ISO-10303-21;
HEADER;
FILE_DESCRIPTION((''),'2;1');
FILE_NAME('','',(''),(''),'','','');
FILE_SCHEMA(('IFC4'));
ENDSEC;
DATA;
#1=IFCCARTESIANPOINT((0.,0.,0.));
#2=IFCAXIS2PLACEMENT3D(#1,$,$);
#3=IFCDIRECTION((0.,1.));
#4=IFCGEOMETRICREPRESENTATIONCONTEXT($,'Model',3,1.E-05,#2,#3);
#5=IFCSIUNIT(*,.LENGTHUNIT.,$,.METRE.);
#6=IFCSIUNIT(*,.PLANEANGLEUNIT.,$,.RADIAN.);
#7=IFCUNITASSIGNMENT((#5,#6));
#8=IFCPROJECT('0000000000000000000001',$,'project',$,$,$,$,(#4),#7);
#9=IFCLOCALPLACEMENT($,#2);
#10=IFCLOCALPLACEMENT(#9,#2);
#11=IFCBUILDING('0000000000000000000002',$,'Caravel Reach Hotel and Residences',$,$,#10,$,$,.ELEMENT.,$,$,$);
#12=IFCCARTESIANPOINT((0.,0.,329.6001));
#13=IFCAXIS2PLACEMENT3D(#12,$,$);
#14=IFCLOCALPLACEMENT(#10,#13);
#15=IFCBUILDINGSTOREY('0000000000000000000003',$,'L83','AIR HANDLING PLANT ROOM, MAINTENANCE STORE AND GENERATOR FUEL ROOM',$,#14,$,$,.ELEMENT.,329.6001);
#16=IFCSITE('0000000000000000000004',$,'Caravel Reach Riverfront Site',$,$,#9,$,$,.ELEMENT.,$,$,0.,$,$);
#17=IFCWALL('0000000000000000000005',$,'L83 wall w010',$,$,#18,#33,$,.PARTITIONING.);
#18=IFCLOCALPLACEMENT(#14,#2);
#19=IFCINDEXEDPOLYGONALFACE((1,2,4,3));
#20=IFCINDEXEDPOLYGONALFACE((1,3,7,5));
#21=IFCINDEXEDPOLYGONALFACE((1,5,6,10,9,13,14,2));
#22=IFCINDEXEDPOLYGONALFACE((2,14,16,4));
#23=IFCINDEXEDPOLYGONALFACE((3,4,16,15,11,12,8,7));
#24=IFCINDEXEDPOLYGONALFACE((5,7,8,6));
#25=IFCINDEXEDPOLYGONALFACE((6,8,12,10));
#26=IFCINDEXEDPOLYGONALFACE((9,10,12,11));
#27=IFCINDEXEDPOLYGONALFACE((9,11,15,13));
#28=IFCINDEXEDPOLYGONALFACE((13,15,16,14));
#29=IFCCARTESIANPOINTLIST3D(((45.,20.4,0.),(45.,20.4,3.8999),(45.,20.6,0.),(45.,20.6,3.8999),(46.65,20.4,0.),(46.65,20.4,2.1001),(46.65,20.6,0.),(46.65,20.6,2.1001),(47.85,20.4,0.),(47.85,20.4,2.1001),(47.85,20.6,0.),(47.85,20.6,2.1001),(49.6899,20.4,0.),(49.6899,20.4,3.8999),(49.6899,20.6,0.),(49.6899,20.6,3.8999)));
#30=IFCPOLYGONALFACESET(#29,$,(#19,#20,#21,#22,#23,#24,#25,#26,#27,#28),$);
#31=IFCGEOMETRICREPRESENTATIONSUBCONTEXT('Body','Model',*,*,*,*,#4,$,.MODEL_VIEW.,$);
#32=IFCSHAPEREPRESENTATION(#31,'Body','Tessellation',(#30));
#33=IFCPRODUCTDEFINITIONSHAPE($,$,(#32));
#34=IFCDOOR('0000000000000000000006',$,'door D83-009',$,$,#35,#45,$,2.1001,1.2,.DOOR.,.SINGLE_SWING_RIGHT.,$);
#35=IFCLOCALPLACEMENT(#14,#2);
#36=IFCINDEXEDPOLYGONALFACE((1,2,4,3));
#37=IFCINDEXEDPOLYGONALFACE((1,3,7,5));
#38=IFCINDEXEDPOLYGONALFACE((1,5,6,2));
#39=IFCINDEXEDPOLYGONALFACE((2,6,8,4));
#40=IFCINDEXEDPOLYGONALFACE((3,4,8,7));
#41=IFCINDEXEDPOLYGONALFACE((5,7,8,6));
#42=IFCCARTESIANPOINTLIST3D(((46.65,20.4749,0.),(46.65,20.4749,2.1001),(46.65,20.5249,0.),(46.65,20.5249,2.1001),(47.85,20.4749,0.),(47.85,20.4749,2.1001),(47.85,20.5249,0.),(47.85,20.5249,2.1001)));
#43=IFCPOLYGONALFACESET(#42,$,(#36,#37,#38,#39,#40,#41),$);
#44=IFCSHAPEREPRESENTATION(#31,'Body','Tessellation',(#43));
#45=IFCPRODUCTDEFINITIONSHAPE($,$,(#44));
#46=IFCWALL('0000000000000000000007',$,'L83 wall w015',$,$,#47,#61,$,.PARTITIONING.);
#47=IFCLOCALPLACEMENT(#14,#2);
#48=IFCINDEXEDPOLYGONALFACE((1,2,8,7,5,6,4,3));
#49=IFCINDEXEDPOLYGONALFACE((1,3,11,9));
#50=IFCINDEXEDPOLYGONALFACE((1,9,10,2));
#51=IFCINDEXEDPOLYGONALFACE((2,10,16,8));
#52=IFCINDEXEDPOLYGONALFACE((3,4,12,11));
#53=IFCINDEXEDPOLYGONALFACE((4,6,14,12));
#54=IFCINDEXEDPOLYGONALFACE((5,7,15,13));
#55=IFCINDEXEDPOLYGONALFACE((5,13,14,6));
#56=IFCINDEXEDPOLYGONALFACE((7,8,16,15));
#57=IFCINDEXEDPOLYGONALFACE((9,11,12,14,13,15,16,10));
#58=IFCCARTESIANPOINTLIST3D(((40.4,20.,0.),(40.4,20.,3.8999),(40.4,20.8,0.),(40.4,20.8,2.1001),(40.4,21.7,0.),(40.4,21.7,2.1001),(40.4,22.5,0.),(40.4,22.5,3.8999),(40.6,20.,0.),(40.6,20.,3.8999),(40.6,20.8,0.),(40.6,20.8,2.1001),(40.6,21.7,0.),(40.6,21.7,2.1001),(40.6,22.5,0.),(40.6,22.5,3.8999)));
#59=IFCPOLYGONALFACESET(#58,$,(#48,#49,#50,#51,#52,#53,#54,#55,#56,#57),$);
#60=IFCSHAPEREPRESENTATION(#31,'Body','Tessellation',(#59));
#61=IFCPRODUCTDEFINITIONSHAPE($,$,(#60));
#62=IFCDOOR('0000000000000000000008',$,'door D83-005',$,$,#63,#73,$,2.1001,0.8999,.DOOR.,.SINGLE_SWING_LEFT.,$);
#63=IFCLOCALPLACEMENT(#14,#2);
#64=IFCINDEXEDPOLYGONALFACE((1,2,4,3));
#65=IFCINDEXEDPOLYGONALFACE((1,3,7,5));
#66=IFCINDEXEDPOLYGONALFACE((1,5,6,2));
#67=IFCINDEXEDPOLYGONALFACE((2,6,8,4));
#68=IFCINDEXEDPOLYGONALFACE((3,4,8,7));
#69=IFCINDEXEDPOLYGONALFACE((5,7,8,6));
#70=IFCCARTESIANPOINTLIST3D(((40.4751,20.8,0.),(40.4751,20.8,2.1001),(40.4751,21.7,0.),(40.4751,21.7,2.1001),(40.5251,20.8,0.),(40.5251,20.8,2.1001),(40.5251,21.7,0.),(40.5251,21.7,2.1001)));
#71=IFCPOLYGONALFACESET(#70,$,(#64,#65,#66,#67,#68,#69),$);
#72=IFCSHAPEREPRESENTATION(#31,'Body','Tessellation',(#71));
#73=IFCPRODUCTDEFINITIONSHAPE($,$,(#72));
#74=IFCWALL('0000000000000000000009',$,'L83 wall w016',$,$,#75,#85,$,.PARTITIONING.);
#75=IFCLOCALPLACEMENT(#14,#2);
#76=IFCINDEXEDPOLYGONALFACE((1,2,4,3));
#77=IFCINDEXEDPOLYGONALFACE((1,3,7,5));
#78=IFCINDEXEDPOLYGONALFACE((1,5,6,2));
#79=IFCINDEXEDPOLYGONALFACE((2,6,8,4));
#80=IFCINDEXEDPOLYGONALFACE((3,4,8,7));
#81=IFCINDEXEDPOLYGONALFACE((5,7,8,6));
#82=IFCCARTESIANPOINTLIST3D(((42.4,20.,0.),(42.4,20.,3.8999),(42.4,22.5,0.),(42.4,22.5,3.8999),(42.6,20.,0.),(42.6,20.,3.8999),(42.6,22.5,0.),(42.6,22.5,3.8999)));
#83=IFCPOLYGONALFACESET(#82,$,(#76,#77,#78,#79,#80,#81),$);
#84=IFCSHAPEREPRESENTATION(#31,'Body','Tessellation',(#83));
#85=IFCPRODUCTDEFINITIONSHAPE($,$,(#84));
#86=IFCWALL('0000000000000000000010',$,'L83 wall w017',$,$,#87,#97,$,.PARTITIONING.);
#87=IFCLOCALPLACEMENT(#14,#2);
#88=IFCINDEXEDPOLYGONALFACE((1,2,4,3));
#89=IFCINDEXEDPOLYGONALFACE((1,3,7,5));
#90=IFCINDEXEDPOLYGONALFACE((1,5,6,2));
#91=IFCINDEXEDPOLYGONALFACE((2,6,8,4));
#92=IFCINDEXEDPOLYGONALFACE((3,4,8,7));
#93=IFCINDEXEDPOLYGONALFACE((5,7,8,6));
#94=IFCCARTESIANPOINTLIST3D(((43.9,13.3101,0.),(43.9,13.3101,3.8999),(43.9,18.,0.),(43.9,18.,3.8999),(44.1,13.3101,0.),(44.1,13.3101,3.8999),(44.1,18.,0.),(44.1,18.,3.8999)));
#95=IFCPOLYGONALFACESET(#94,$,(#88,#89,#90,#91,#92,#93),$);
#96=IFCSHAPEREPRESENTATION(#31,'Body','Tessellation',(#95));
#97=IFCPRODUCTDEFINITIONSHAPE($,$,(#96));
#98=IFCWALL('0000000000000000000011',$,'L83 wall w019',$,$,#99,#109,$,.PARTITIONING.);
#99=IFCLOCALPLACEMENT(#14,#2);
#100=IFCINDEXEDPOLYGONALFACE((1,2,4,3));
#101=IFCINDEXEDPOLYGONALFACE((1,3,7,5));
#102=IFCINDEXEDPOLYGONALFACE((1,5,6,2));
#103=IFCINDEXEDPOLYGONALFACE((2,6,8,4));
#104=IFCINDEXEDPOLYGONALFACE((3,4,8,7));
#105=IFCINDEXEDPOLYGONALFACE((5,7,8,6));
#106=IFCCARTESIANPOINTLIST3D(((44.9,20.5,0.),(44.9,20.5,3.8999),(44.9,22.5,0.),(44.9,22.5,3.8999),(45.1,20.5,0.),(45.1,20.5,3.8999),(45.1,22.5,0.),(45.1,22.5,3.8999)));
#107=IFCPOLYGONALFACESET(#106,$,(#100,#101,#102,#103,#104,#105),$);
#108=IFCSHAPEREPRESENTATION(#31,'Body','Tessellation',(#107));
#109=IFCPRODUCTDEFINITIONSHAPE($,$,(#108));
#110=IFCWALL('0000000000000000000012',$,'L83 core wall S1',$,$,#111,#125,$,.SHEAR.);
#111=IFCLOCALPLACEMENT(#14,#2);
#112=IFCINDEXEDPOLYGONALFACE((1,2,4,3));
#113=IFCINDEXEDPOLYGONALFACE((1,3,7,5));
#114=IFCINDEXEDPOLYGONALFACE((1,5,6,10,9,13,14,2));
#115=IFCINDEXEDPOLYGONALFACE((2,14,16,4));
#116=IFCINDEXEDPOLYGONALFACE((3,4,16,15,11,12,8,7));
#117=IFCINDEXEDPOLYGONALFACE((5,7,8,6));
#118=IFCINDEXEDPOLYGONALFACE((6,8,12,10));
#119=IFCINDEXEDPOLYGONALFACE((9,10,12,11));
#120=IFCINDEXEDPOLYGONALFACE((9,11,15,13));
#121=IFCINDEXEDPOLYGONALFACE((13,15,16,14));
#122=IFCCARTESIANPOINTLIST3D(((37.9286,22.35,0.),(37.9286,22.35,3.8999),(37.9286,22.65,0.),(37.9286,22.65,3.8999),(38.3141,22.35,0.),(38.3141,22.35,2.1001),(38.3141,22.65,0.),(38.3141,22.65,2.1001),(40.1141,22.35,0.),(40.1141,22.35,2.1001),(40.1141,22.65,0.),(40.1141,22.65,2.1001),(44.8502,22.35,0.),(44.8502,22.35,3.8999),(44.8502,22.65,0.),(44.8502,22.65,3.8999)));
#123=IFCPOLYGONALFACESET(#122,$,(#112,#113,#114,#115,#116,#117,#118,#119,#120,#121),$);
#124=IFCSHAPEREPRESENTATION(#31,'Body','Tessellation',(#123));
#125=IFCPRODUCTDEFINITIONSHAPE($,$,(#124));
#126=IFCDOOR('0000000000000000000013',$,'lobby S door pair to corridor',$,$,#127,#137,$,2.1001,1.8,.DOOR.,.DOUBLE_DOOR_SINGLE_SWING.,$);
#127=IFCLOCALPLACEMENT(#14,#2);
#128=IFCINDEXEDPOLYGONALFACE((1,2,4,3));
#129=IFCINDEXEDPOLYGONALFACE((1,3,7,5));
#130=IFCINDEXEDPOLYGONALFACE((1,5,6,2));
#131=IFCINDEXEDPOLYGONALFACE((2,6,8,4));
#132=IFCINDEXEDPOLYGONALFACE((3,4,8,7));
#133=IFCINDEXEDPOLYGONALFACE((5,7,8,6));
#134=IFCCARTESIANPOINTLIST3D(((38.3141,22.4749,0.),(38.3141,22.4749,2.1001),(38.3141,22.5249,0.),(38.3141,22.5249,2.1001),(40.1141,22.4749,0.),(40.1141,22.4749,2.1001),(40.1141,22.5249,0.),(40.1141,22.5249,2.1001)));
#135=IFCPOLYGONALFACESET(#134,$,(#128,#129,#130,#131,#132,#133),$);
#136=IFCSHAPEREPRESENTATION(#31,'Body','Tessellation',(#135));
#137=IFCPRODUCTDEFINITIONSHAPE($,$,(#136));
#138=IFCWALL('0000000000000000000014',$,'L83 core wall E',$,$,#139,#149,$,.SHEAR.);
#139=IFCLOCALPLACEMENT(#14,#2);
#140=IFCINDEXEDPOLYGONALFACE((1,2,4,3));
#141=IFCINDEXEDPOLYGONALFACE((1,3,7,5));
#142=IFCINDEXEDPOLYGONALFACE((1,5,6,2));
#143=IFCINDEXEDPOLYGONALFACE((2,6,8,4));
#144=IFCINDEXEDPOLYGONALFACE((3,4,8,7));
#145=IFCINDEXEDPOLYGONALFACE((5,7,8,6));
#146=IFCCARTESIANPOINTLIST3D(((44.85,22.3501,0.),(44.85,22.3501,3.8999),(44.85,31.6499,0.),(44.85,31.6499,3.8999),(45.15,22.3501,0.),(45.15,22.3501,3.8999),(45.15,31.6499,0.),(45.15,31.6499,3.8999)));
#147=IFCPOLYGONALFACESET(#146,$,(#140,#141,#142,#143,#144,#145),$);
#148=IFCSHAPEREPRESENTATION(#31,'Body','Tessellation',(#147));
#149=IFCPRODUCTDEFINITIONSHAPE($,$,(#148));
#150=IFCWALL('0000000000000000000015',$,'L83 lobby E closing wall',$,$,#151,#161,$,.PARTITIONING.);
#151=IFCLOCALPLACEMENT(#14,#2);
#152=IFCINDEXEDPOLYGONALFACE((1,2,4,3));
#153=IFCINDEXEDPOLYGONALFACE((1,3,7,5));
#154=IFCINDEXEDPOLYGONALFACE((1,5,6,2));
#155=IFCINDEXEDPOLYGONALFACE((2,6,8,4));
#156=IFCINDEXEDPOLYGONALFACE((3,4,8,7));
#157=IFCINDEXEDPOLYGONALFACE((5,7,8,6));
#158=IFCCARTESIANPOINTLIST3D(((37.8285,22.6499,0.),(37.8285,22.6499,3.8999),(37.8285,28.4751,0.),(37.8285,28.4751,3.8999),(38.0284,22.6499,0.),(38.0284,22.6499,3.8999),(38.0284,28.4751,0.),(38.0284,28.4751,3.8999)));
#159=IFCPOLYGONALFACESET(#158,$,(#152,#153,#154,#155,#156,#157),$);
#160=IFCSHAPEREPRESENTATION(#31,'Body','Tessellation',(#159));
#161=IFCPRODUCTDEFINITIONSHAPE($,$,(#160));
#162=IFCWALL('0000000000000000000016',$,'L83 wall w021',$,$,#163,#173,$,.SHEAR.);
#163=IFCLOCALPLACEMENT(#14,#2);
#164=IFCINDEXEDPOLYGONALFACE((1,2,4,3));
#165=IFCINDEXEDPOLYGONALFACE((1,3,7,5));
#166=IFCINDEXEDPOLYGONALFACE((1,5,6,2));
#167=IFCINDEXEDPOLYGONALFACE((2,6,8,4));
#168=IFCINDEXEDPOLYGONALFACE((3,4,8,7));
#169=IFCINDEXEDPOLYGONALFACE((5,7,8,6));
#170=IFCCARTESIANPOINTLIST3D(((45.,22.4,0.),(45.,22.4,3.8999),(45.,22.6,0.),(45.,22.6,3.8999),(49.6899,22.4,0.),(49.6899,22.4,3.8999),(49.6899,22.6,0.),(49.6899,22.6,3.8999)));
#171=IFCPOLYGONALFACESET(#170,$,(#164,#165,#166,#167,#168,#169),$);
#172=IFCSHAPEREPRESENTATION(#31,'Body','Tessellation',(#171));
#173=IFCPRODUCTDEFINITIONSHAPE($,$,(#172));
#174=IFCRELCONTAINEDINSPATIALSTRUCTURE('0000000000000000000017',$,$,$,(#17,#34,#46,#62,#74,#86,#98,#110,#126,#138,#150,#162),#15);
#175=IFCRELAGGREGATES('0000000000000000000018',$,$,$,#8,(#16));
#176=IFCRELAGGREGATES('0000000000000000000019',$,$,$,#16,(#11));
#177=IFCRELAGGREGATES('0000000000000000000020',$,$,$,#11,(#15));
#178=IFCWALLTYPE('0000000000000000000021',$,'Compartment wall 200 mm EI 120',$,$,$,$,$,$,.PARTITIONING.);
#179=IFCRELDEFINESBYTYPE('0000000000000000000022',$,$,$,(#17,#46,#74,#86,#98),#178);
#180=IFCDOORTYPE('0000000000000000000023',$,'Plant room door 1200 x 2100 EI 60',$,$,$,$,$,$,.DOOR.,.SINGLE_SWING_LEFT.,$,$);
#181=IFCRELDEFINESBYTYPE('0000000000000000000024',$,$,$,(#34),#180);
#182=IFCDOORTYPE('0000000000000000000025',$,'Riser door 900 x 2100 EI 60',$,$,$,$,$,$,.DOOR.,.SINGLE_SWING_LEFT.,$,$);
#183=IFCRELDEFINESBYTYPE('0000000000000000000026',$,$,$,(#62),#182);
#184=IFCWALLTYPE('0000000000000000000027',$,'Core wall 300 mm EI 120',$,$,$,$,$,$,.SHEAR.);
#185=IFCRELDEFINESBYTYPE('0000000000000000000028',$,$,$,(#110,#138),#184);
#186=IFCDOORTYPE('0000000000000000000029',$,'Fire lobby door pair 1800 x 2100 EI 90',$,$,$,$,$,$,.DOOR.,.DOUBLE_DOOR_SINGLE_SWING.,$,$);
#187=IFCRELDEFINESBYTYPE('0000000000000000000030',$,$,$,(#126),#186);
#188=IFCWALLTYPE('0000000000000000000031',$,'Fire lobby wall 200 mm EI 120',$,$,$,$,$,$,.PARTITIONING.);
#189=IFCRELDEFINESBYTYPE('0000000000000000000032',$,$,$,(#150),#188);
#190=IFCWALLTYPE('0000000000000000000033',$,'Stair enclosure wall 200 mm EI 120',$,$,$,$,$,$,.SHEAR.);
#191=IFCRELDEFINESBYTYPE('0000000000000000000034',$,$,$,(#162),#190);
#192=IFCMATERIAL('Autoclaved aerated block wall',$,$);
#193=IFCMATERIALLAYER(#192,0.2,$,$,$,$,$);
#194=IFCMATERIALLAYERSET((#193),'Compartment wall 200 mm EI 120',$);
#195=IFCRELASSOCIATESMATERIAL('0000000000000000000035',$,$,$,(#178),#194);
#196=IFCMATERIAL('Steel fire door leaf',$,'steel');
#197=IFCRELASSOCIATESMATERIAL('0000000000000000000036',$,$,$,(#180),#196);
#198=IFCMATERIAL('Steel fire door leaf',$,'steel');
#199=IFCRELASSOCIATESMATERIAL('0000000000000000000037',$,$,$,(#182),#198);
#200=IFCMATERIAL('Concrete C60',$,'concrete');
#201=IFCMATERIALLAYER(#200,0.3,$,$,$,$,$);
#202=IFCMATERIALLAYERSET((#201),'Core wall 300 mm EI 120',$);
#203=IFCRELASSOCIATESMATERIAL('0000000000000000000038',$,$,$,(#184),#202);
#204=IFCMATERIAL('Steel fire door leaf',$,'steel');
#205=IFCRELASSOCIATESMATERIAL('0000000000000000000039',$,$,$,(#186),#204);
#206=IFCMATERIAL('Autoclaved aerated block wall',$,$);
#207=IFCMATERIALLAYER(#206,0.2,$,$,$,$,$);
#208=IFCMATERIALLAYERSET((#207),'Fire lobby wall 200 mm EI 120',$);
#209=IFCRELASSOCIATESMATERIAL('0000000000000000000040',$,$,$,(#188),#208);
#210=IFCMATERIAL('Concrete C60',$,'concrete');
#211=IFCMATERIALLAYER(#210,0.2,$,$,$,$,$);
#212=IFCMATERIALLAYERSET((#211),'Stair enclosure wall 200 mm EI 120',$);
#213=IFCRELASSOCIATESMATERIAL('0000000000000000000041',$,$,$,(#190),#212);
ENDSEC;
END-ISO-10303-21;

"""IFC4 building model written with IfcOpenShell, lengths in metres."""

from ifc_helpers import new_model, si_unit, direction, frame, frame_2d, origin, place, context, subcontext, project, spatial, rectangle, extrude, material, layer, layer_set, type_object, element, fill, save


model = new_model("IFC4")

# Units and contexts
model_context = context("Model", 3, precision=1e-05, world=origin(), true_north=direction((0.0, 1.0)))
body_context = subcontext(model_context, "Body", "Model", "MODEL_VIEW")
ifc_project = project(units=[si_unit("LENGTHUNIT", "METRE"), si_unit("PLANEANGLEUNIT", "RADIAN")], contexts=[model_context])

# Site, building, storey
site_placement = place(None, origin())
site = spatial("IfcSite", under=ifc_project, at=site_placement, Name="Caravel Reach Riverfront Site", CompositionType="ELEMENT", RefElevation=0.0)
building_placement = place(site_placement, origin())
building = spatial("IfcBuilding", under=site, at=building_placement, Name="Caravel Reach Hotel and Residences", CompositionType="ELEMENT")
storey_placement = place(building_placement, frame((0.0, 0.0, 329.6001)))
storey = spatial("IfcBuildingStorey", under=building, at=storey_placement, Name="L83", Description="AIR HANDLING PLANT ROOM, MAINTENANCE STORE AND GENERATOR FUEL ROOM", CompositionType="ELEMENT", Elevation=329.6001)

# Shared definitions
ifc_material_1 = material(Name="Autoclaved aerated block wall")
ifc_layer_1 = layer(ifc_material_1, 0.2)
ifc_layer_set_1 = layer_set([ifc_layer_1], Name="Compartment wall 200 mm EI 120")
wall_type_1 = type_object("IfcWallType", Name="Compartment wall 200 mm EI 120", PredefinedType="PARTITIONING", material=ifc_layer_set_1)
ifc_material_2 = material(Name="Steel fire door leaf", Category="steel")
door_type_1 = type_object("IfcDoorType", Name="Plant room door 1200 x 2100 EI 60", OperationType="SINGLE_SWING_LEFT", PredefinedType="DOOR", material=ifc_material_2)

# Walls, openings, doors
wall_1_placement = place(storey_placement, frame((45.0, 20.5, 0.0), z_axis=(0.0, 0.0, 1.0), x_axis=(1.0, 0.0, 0.0)))
wall_1 = element("IfcWall", 1, at=wall_1_placement, inside=storey, type_object=wall_type_1, Name="L83 wall w010", PredefinedType="PARTITIONING", context=body_context, shape_type="SweptSolid", body=[
    extrude(rectangle(XDim=4.6899, YDim=0.2, at=frame_2d((2.345, 0.0))), origin(), (0.0, 0.0, 1.0), 3.8999),
])
opening_1_placement = place(wall_1_placement, frame((1.6499, 0.0, 0.0)))
opening_1 = element("IfcOpeningElement", 2, at=opening_1_placement, cuts=wall_1, PredefinedType="OPENING", context=body_context, shape_type="SweptSolid", body=[
    extrude(rectangle(XDim=1.2, YDim=2.1001, at=frame_2d((0.6001, 1.05))), frame((0.0, 0.1099, 0.0), z_axis=(0.0, -1.0, 0.0), x_axis=(1.0, 0.0, 0.0)), (0.0, 0.0, 1.0), 0.22),
])
door_1_placement = place(opening_1_placement, origin())
door_1 = element("IfcDoor", 3, at=door_1_placement, inside=storey, type_object=door_type_1, Name="door D83-009", OperationType="SINGLE_SWING_RIGHT", OverallHeight=2.1001, OverallWidth=1.2, PredefinedType="DOOR", context=body_context, shape_type="SweptSolid", body=[
    extrude(rectangle(XDim=1.2, YDim=2.1001, at=frame_2d((0.6001, 1.05))), frame((0.0, 0.0249, 0.0), z_axis=(0.0, -1.0, 0.0), x_axis=(1.0, 0.0, 0.0)), (0.0, 0.0, 1.0), 0.05),
])
fill(opening_1, door_1)
wall_2_placement = place(storey_placement, frame((40.5, 20.0, 0.0), z_axis=(0.0, 0.0, 1.0), x_axis=(0.0, 1.0, 0.0)))
wall_2 = element("IfcWall", 4, at=wall_2_placement, inside=storey, type_object=wall_type_1, Name="L83 wall w015", PredefinedType="PARTITIONING", context=body_context, shape_type="SweptSolid", body=[
    extrude(rectangle(XDim=2.5, YDim=0.2, at=frame_2d((1.25, 0.0))), origin(), (0.0, 0.0, 1.0), 3.8999),
])
opening_2_placement = place(wall_2_placement, frame((0.8, 0.0, 0.0)))
opening_2 = element("IfcOpeningElement", 5, at=opening_2_placement, cuts=wall_2, PredefinedType="OPENING", context=body_context, shape_type="SweptSolid", body=[
    extrude(rectangle(XDim=0.8999, YDim=2.1001, at=frame_2d((0.45, 1.05))), frame((0.0, 0.1099, 0.0), z_axis=(0.0, -1.0, 0.0), x_axis=(1.0, 0.0, 0.0)), (0.0, 0.0, 1.0), 0.22),
])
ifc_material_3 = material(Name="Steel fire door leaf", Category="steel")
door_type_2 = type_object("IfcDoorType", Name="Riser door 900 x 2100 EI 60", OperationType="SINGLE_SWING_LEFT", PredefinedType="DOOR", material=ifc_material_3)
door_2_placement = place(opening_2_placement, origin())
door_2 = element("IfcDoor", 6, at=door_2_placement, inside=storey, type_object=door_type_2, Name="door D83-005", OperationType="SINGLE_SWING_LEFT", OverallHeight=2.1001, OverallWidth=0.8999, PredefinedType="DOOR", context=body_context, shape_type="SweptSolid", body=[
    extrude(rectangle(XDim=0.8999, YDim=2.1001, at=frame_2d((0.45, 1.05))), frame((0.0, 0.0249, 0.0), z_axis=(0.0, -1.0, 0.0), x_axis=(1.0, 0.0, 0.0)), (0.0, 0.0, 1.0), 0.05),
])
fill(opening_2, door_2)

# Walls
wall_3_placement = place(storey_placement, frame((42.5, 20.0, 0.0), z_axis=(0.0, 0.0, 1.0), x_axis=(0.0, 1.0, 0.0)))
element("IfcWall", 7, at=wall_3_placement, inside=storey, type_object=wall_type_1, Name="L83 wall w016", PredefinedType="PARTITIONING", context=body_context, shape_type="SweptSolid", body=[
    extrude(rectangle(XDim=2.5, YDim=0.2, at=frame_2d((1.25, 0.0))), origin(), (0.0, 0.0, 1.0), 3.8999),
])
wall_4_placement = place(storey_placement, frame((44.0, 13.3101, 0.0), z_axis=(0.0, 0.0, 1.0), x_axis=(0.0, 1.0, 0.0)))
element("IfcWall", 8, at=wall_4_placement, inside=storey, type_object=wall_type_1, Name="L83 wall w017", PredefinedType="PARTITIONING", context=body_context, shape_type="SweptSolid", body=[
    extrude(rectangle(XDim=4.6899, YDim=0.2, at=frame_2d((2.345, 0.0))), origin(), (0.0, 0.0, 1.0), 3.8999),
])
wall_5_placement = place(storey_placement, frame((45.0, 20.5, 0.0), z_axis=(0.0, 0.0, 1.0), x_axis=(0.0, 1.0, 0.0)))
element("IfcWall", 9, at=wall_5_placement, inside=storey, type_object=wall_type_1, Name="L83 wall w019", PredefinedType="PARTITIONING", context=body_context, shape_type="SweptSolid", body=[
    extrude(rectangle(XDim=2.0, YDim=0.2, at=frame_2d((1.0, 0.0))), origin(), (0.0, 0.0, 1.0), 3.8999),
])

# Wall, opening, door
ifc_material_4 = material(Name="Concrete C60", Category="concrete")
ifc_layer_2 = layer(ifc_material_4, 0.3)
ifc_layer_set_2 = layer_set([ifc_layer_2], Name="Core wall 300 mm EI 120")
wall_type_2 = type_object("IfcWallType", Name="Core wall 300 mm EI 120", PredefinedType="SHEAR", material=ifc_layer_set_2)
wall_6_placement = place(storey_placement, frame((37.9285, 22.5, 0.0), z_axis=(0.0, 0.0, 1.0), x_axis=(1.0, 0.0, 0.0)))
wall_6 = element("IfcWall", 10, at=wall_6_placement, inside=storey, type_object=wall_type_2, Name="L83 core wall S1", PredefinedType="SHEAR", context=body_context, shape_type="SweptSolid", body=[
    extrude(rectangle(XDim=6.9216, YDim=0.3, at=frame_2d((3.4609, 0.0))), origin(), (0.0, 0.0, 1.0), 3.8999),
])
opening_3_placement = place(wall_6_placement, frame((0.3857, 0.0, 0.0)))
opening_3 = element("IfcOpeningElement", 11, at=opening_3_placement, cuts=wall_6, PredefinedType="OPENING", context=body_context, shape_type="SweptSolid", body=[
    extrude(rectangle(XDim=1.8, YDim=2.1001, at=frame_2d((0.8999, 1.05))), frame((0.0, 0.1599, 0.0), z_axis=(0.0, -1.0, 0.0), x_axis=(1.0, 0.0, 0.0)), (0.0, 0.0, 1.0), 0.3201),
])
ifc_material_5 = material(Name="Steel fire door leaf", Category="steel")
door_type_3 = type_object("IfcDoorType", Name="Fire lobby door pair 1800 x 2100 EI 90", OperationType="DOUBLE_DOOR_SINGLE_SWING", PredefinedType="DOOR", material=ifc_material_5)
door_3_placement = place(opening_3_placement, origin())
door_3 = element("IfcDoor", 12, at=door_3_placement, inside=storey, type_object=door_type_3, Name="lobby S door pair to corridor", OperationType="DOUBLE_DOOR_SINGLE_SWING", OverallHeight=2.1001, OverallWidth=1.8, PredefinedType="DOOR", context=body_context, shape_type="SweptSolid", body=[
    extrude(rectangle(XDim=1.8, YDim=2.1001, at=frame_2d((0.8999, 1.05))), frame((0.0, 0.0249, 0.0), z_axis=(0.0, -1.0, 0.0), x_axis=(1.0, 0.0, 0.0)), (0.0, 0.0, 1.0), 0.05),
])
fill(opening_3, door_3)

# Walls
wall_7_placement = place(storey_placement, frame((45.0, 22.3501, 0.0), z_axis=(0.0, 0.0, 1.0), x_axis=(0.0, 1.0, 0.0)))
element("IfcWall", 13, at=wall_7_placement, inside=storey, type_object=wall_type_2, Name="L83 core wall E", PredefinedType="SHEAR", context=body_context, shape_type="SweptSolid", body=[
    extrude(rectangle(XDim=9.2998, YDim=0.3, at=frame_2d((4.6499, 0.0))), origin(), (0.0, 0.0, 1.0), 3.8999),
])
ifc_material_6 = material(Name="Autoclaved aerated block wall")
ifc_layer_3 = layer(ifc_material_6, 0.2)
ifc_layer_set_3 = layer_set([ifc_layer_3], Name="Fire lobby wall 200 mm EI 120")
wall_type_3 = type_object("IfcWallType", Name="Fire lobby wall 200 mm EI 120", PredefinedType="PARTITIONING", material=ifc_layer_set_3)
wall_8_placement = place(storey_placement, frame((37.9285, 22.6499, 0.0), z_axis=(0.0, 0.0, 1.0), x_axis=(0.0, 1.0, 0.0)))
element("IfcWall", 14, at=wall_8_placement, inside=storey, type_object=wall_type_3, Name="L83 lobby E closing wall", PredefinedType="PARTITIONING", context=body_context, shape_type="SweptSolid", body=[
    extrude(rectangle(XDim=5.8252, YDim=0.2, at=frame_2d((2.9126, 0.0))), origin(), (0.0, 0.0, 1.0), 3.8999),
])
ifc_material_7 = material(Name="Concrete C60", Category="concrete")
ifc_layer_4 = layer(ifc_material_7, 0.2)
ifc_layer_set_4 = layer_set([ifc_layer_4], Name="Stair enclosure wall 200 mm EI 120")
wall_type_4 = type_object("IfcWallType", Name="Stair enclosure wall 200 mm EI 120", PredefinedType="SHEAR", material=ifc_layer_set_4)
wall_9_placement = place(storey_placement, frame((45.0, 22.5, 0.0), z_axis=(0.0, 0.0, 1.0), x_axis=(1.0, 0.0, 0.0)))
element("IfcWall", 15, at=wall_9_placement, inside=storey, type_object=wall_type_4, Name="L83 wall w021", PredefinedType="SHEAR", context=body_context, shape_type="SweptSolid", body=[
    extrude(rectangle(XDim=4.6899, YDim=0.2, at=frame_2d((2.345, 0.0))), origin(), (0.0, 0.0, 1.0), 3.8999),
])

save(model, "model.ifc")
